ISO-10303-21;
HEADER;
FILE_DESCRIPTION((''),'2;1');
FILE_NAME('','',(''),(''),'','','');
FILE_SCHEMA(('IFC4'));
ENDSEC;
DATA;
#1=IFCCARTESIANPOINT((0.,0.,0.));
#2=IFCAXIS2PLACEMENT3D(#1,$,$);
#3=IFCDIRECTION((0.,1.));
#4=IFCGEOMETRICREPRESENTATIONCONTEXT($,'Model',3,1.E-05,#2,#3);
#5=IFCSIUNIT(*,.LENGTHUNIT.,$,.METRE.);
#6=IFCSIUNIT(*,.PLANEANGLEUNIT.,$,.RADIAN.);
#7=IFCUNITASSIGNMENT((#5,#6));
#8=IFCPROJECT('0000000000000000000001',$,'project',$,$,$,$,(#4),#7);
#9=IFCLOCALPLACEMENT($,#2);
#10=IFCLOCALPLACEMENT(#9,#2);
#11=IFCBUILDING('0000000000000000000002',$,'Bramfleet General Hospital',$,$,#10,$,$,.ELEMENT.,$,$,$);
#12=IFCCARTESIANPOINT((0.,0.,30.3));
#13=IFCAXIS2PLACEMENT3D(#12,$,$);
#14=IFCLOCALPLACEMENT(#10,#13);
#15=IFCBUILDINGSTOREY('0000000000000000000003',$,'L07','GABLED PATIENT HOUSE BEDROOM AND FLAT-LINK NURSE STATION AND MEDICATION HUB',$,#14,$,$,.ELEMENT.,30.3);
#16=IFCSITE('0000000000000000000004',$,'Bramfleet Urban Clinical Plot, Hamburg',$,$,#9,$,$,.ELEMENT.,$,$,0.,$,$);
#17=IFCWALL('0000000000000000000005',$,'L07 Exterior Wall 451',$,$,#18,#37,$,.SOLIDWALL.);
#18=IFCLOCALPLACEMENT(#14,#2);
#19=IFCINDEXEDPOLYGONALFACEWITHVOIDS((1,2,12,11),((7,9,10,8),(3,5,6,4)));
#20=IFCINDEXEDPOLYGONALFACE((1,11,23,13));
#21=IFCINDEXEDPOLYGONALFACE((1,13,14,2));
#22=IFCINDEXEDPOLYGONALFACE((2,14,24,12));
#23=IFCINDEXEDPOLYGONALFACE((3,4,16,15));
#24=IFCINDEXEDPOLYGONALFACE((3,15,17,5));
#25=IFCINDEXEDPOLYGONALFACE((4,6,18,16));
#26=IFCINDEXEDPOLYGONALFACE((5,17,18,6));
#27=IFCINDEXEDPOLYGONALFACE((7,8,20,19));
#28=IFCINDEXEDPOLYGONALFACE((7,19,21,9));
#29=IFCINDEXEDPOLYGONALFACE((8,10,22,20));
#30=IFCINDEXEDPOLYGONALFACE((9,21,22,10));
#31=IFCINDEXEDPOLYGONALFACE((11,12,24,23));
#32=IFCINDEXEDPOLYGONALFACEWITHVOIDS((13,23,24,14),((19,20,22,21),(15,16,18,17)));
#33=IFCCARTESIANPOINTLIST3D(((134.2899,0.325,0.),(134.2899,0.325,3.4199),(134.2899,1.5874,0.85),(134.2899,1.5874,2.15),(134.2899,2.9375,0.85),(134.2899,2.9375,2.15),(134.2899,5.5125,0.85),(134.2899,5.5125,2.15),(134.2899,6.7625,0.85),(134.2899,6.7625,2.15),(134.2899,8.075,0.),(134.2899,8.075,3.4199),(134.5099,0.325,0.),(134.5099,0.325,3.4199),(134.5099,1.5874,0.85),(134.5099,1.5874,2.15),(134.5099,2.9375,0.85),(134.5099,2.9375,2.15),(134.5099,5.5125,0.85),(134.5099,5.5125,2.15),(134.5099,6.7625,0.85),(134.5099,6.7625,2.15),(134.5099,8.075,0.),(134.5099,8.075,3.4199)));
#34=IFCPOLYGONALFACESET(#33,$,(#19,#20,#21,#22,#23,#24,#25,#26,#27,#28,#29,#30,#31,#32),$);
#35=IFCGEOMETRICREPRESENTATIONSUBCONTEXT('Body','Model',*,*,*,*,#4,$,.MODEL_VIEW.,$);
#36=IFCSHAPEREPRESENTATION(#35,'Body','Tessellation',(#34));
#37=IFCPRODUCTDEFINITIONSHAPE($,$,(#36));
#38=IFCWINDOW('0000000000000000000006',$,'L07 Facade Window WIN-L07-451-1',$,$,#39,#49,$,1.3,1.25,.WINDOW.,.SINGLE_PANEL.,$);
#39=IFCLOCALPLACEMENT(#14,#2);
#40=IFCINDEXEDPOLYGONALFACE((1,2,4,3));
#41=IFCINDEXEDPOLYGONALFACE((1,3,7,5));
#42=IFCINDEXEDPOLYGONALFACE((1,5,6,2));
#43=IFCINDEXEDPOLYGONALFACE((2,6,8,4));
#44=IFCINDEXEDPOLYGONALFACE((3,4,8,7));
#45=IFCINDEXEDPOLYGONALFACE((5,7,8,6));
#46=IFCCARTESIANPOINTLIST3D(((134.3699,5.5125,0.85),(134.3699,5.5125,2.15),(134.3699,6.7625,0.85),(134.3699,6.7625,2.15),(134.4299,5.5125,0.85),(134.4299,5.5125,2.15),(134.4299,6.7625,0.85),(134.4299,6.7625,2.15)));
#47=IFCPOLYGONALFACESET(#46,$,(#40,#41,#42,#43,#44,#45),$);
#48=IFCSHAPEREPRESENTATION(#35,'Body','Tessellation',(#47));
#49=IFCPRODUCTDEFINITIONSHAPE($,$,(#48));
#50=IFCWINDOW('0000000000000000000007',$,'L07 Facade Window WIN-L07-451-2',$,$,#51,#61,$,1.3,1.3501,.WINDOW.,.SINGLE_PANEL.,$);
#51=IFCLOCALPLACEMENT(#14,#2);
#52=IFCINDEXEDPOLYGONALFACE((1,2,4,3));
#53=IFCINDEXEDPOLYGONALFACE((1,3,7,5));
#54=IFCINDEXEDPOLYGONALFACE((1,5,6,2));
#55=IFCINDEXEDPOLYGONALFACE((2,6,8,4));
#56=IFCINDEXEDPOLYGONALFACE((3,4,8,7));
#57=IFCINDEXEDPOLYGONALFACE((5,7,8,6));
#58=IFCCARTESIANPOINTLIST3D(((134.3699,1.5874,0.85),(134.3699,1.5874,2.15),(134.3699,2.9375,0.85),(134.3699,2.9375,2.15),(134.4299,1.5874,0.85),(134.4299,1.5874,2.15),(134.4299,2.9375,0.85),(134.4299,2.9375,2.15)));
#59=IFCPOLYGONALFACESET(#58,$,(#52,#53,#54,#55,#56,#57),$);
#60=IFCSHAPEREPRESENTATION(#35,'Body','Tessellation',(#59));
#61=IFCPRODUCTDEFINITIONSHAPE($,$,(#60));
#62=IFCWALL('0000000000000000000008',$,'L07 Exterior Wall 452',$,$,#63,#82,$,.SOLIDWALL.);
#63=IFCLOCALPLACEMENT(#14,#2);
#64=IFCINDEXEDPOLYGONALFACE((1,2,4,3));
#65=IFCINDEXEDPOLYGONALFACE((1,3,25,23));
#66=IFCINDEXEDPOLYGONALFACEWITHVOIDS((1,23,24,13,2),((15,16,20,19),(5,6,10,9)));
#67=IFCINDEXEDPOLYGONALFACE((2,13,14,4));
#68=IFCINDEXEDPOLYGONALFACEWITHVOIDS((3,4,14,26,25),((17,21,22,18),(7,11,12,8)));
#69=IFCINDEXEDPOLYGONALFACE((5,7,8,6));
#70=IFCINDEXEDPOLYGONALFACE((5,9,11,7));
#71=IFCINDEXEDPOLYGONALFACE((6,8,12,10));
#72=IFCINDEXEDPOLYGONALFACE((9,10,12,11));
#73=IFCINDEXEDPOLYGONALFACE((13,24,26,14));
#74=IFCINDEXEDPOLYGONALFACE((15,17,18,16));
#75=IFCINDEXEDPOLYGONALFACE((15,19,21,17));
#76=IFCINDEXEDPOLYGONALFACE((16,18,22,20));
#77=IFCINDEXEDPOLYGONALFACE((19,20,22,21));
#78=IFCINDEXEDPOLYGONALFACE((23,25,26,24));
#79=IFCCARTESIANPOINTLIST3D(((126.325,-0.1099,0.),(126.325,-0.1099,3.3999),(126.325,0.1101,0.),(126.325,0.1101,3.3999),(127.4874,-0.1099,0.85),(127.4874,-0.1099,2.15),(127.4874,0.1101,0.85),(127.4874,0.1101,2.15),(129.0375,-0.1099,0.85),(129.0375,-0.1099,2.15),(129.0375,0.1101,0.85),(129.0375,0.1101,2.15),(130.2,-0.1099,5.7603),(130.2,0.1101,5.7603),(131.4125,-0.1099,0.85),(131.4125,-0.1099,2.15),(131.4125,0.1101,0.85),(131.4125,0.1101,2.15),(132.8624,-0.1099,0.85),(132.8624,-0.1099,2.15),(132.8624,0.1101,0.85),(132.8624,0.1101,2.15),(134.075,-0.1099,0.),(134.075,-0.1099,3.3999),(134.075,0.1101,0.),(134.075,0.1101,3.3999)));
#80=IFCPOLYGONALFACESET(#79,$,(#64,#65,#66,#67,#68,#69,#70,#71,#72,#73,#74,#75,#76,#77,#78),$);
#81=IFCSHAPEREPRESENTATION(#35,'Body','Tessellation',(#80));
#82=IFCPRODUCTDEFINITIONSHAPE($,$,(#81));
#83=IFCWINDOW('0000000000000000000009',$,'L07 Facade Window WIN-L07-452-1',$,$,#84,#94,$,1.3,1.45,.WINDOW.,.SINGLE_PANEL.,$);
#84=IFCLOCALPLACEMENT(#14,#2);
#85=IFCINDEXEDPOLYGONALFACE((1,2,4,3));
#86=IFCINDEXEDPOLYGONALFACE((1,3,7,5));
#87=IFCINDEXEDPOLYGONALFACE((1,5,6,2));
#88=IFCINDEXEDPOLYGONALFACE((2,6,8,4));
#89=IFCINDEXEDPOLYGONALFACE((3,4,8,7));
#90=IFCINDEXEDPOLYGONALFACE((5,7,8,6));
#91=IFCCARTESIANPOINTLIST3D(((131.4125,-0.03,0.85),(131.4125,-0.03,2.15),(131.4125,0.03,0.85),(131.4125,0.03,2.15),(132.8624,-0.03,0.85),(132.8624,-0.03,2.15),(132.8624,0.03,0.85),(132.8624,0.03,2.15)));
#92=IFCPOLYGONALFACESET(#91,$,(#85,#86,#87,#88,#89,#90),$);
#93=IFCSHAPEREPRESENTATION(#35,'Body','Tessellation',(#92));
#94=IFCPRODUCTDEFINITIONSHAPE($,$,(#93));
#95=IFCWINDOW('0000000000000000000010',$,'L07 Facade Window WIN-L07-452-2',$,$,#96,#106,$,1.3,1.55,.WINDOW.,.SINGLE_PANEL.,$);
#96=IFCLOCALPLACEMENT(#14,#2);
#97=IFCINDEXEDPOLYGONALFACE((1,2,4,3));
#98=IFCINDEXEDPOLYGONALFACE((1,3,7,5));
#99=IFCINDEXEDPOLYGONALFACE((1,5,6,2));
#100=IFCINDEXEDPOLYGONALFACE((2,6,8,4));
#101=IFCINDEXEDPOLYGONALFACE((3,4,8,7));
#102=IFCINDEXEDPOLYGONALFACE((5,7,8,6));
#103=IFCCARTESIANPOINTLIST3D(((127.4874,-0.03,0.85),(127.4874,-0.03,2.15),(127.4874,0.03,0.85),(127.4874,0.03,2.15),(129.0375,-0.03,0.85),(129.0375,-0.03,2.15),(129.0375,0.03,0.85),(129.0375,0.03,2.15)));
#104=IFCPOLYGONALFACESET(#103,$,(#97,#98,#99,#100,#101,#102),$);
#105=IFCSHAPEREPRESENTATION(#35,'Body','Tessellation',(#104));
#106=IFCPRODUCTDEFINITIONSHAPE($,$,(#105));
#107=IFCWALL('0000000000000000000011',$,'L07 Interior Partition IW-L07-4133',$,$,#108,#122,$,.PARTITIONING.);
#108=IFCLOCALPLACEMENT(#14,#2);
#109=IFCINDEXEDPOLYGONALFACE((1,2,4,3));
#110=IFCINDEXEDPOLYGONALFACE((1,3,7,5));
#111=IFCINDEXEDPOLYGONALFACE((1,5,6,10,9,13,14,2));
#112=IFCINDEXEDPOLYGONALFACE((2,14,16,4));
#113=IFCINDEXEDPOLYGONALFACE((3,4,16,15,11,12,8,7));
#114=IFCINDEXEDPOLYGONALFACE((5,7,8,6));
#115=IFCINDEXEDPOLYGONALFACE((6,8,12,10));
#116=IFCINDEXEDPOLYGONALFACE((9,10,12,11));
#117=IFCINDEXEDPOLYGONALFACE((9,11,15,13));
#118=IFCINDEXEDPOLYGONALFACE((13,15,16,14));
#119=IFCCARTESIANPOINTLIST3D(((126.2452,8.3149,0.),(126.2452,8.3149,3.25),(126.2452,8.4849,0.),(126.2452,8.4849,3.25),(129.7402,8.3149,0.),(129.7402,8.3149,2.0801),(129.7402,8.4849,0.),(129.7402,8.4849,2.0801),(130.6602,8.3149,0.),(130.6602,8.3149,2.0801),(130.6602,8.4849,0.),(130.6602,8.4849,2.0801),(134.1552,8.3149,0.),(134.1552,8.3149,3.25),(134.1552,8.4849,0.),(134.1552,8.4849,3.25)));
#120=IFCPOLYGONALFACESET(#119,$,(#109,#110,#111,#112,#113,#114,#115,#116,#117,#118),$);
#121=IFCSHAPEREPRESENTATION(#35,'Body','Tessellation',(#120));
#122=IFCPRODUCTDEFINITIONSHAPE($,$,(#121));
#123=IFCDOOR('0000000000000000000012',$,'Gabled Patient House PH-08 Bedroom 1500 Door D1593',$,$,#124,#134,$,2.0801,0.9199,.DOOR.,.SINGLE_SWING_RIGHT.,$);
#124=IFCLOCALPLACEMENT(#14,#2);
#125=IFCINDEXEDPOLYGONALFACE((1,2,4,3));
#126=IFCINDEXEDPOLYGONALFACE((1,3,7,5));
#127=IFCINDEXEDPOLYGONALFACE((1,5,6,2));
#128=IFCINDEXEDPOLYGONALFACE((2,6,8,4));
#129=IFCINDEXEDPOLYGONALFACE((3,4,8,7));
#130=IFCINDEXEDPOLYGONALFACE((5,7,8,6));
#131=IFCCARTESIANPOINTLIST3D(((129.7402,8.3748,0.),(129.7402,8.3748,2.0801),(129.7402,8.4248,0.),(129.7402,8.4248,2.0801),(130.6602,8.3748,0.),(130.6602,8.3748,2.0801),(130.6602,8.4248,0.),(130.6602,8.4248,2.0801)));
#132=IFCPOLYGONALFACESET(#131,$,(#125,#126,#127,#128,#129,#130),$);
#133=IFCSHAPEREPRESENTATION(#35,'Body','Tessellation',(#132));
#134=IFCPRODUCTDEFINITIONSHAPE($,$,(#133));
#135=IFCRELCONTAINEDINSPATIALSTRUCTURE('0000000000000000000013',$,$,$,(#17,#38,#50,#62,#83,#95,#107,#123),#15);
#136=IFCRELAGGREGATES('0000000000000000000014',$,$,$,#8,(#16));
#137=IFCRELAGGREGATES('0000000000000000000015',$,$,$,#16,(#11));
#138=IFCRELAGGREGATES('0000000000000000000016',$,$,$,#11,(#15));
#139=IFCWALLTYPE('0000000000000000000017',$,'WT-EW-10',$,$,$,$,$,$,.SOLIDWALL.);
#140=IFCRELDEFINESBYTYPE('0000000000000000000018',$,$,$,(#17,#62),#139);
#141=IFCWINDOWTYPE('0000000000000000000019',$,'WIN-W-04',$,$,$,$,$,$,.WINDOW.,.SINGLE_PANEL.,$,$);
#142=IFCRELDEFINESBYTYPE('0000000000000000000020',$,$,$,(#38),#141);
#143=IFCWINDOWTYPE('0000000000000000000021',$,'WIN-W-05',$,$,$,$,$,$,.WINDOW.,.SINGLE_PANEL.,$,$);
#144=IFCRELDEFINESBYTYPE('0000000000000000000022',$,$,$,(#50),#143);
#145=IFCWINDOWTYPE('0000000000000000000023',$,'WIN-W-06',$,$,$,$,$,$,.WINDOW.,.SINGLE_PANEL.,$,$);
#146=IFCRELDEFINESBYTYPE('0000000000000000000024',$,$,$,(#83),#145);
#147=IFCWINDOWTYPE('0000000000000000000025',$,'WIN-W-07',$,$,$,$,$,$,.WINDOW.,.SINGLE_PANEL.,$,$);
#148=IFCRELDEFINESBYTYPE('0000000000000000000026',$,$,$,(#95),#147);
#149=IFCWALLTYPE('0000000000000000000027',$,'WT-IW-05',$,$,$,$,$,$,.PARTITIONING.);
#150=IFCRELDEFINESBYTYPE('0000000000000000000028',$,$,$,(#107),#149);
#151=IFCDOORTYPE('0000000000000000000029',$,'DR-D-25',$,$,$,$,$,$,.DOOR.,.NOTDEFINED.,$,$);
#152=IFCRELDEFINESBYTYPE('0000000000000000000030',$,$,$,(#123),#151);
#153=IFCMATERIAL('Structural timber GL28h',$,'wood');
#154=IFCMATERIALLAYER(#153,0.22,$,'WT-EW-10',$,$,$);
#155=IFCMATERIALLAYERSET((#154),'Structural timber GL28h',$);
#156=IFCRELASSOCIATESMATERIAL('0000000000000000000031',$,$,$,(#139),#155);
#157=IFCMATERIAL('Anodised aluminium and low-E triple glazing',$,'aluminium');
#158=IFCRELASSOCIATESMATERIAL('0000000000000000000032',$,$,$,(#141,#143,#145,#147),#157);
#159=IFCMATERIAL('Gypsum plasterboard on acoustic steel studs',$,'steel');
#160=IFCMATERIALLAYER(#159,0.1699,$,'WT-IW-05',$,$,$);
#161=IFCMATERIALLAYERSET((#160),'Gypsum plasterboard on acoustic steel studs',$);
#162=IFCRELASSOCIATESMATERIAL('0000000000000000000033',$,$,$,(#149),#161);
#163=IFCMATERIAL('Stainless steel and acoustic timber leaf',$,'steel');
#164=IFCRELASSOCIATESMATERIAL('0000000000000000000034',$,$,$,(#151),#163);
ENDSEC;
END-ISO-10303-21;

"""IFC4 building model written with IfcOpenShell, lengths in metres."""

from ifc_helpers import new_model, si_unit, direction, frame, frame_2d, origin, place, context, subcontext, project, spatial, polyline, rectangle, outline, extrude, material, layer, layer_set, type_object, element, fill, save


model = new_model("IFC4")

# Units and contexts
model_context = context("Model", 3, precision=1e-05, world=origin(), true_north=direction((0.0, 1.0)))
body_context = subcontext(model_context, "Body", "Model", "MODEL_VIEW")
ifc_project = project(units=[si_unit("LENGTHUNIT", "METRE"), si_unit("PLANEANGLEUNIT", "RADIAN")], contexts=[model_context])

# Site, building, storey
site_placement = place(None, origin())
site = spatial("IfcSite", under=ifc_project, at=site_placement, Name="Bramfleet Urban Clinical Plot, Hamburg", CompositionType="ELEMENT", RefElevation=0.0)
building_placement = place(site_placement, origin())
building = spatial("IfcBuilding", under=site, at=building_placement, Name="Bramfleet General Hospital", CompositionType="ELEMENT")
storey_placement = place(building_placement, frame((0.0, 0.0, 30.3)))
storey = spatial("IfcBuildingStorey", under=building, at=storey_placement, Name="L07", Description="GABLED PATIENT HOUSE BEDROOM AND FLAT-LINK NURSE STATION AND MEDICATION HUB", CompositionType="ELEMENT", Elevation=30.3)

# Walls, openings, windows
ifc_material_1 = material(Name="Structural timber GL28h", Category="wood")
ifc_layer_1 = layer(ifc_material_1, 0.22, Name="WT-EW-10")
ifc_layer_set_1 = layer_set([ifc_layer_1], Name="Structural timber GL28h")
wall_type_1 = type_object("IfcWallType", Name="WT-EW-10", PredefinedType="SOLIDWALL", material=ifc_layer_set_1)
wall_1_placement = place(storey_placement, frame((134.3999, 8.075, 0.0), z_axis=(0.0, 0.0, 1.0), x_axis=(0.0, -1.0, 0.0)))
wall_1 = element("IfcWall", 1, at=wall_1_placement, inside=storey, type_object=wall_type_1, Name="L07 Exterior Wall 451", PredefinedType="SOLIDWALL", context=body_context, shape_type="SweptSolid", body=[
    extrude(rectangle(XDim=7.75, YDim=0.22, at=frame_2d((3.875, 0.0))), origin(), (0.0, 0.0, 1.0), 3.4199),
])
opening_1_placement = place(wall_1_placement, frame((1.3125, 0.0, 0.8501)))
opening_1 = element("IfcOpeningElement", 2, at=opening_1_placement, cuts=wall_1, PredefinedType="OPENING", context=body_context, shape_type="SweptSolid", body=[
    extrude(rectangle(XDim=1.25, YDim=1.3, at=frame_2d((0.625, 0.6499))), frame((0.0, 0.1199, 0.0), z_axis=(0.0, -1.0, 0.0), x_axis=(1.0, 0.0, 0.0)), (0.0, 0.0, 1.0), 0.24),
])
opening_2_placement = place(wall_1_placement, frame((5.1375, 0.0, 0.8501)))
opening_2 = element("IfcOpeningElement", 3, at=opening_2_placement, cuts=wall_1, PredefinedType="OPENING", context=body_context, shape_type="SweptSolid", body=[
    extrude(rectangle(XDim=1.3501, YDim=1.3, at=frame_2d((0.675, 0.6499))), frame((0.0, 0.1199, 0.0), z_axis=(0.0, -1.0, 0.0), x_axis=(1.0, 0.0, 0.0)), (0.0, 0.0, 1.0), 0.24),
])
ifc_material_2 = material(Name="Anodised aluminium and low-E triple glazing", Category="aluminium")
window_type_1 = type_object("IfcWindowType", Name="WIN-W-04", PartitioningType="SINGLE_PANEL", PredefinedType="WINDOW", material=ifc_material_2)
window_1_placement = place(opening_1_placement, origin())
window_1 = element("IfcWindow", 4, at=window_1_placement, inside=storey, type_object=window_type_1, Name="L07 Facade Window WIN-L07-451-1", OverallHeight=1.3, OverallWidth=1.25, PartitioningType="SINGLE_PANEL", PredefinedType="WINDOW", context=body_context, shape_type="SweptSolid", body=[
    extrude(rectangle(XDim=1.25, YDim=1.3, at=frame_2d((0.625, 0.6499))), frame((0.0, 0.03, 0.0), z_axis=(0.0, -1.0, 0.0), x_axis=(1.0, 0.0, 0.0)), (0.0, 0.0, 1.0), 0.0601),
])
fill(opening_1, window_1)
window_type_2 = type_object("IfcWindowType", Name="WIN-W-05", PartitioningType="SINGLE_PANEL", PredefinedType="WINDOW", material=ifc_material_2)
window_2_placement = place(opening_2_placement, origin())
window_2 = element("IfcWindow", 5, at=window_2_placement, inside=storey, type_object=window_type_2, Name="L07 Facade Window WIN-L07-451-2", OverallHeight=1.3, OverallWidth=1.3501, PartitioningType="SINGLE_PANEL", PredefinedType="WINDOW", context=body_context, shape_type="SweptSolid", body=[
    extrude(rectangle(XDim=1.3501, YDim=1.3, at=frame_2d((0.675, 0.6499))), frame((0.0, 0.03, 0.0), z_axis=(0.0, -1.0, 0.0), x_axis=(1.0, 0.0, 0.0)), (0.0, 0.0, 1.0), 0.0601),
])
fill(opening_2, window_2)
wall_2_placement = place(storey_placement, frame((134.075, 0.0, 0.0), z_axis=(0.0, 0.0, 1.0), x_axis=(-1.0, 0.0, 0.0)))
wall_2 = element("IfcWall", 6, at=wall_2_placement, inside=storey, type_object=wall_type_1, Name="L07 Exterior Wall 452", PredefinedType="SOLIDWALL", context=body_context, shape_type="SweptSolid", body=[
    extrude(outline(polyline([(0.0, 0.0), (7.75, 0.0), (7.75, 3.3999), (3.875, 5.7603), (0.0, 3.3999), (0.0, 0.0)])), frame((0.0, 0.1099, 0.0), z_axis=(0.0, -1.0, 0.0), x_axis=(1.0, 0.0, 0.0)), (0.0, 0.0, 1.0), 0.22),
])
opening_3_placement = place(wall_2_placement, frame((1.2124, 0.0, 0.8501)))
opening_3 = element("IfcOpeningElement", 7, at=opening_3_placement, cuts=wall_2, PredefinedType="OPENING", context=body_context, shape_type="SweptSolid", body=[
    extrude(rectangle(XDim=1.45, YDim=1.3, at=frame_2d((0.7251, 0.6499))), frame((0.0, 0.1199, 0.0), z_axis=(0.0, -1.0, 0.0), x_axis=(1.0, 0.0, 0.0)), (0.0, 0.0, 1.0), 0.24),
])
opening_4_placement = place(wall_2_placement, frame((5.0376, 0.0, 0.8501)))
opening_4 = element("IfcOpeningElement", 8, at=opening_4_placement, cuts=wall_2, PredefinedType="OPENING", context=body_context, shape_type="SweptSolid", body=[
    extrude(rectangle(XDim=1.55, YDim=1.3, at=frame_2d((0.7749, 0.6499))), frame((0.0, 0.1199, 0.0), z_axis=(0.0, -1.0, 0.0), x_axis=(1.0, 0.0, 0.0)), (0.0, 0.0, 1.0), 0.24),
])
window_type_3 = type_object("IfcWindowType", Name="WIN-W-06", PartitioningType="SINGLE_PANEL", PredefinedType="WINDOW", material=ifc_material_2)
window_3_placement = place(opening_3_placement, origin())
window_3 = element("IfcWindow", 9, at=window_3_placement, inside=storey, type_object=window_type_3, Name="L07 Facade Window WIN-L07-452-1", OverallHeight=1.3, OverallWidth=1.45, PartitioningType="SINGLE_PANEL", PredefinedType="WINDOW", context=body_context, shape_type="SweptSolid", body=[
    extrude(rectangle(XDim=1.45, YDim=1.3, at=frame_2d((0.7251, 0.6499))), frame((0.0, 0.03, 0.0), z_axis=(0.0, -1.0, 0.0), x_axis=(1.0, 0.0, 0.0)), (0.0, 0.0, 1.0), 0.0601),
])
fill(opening_3, window_3)
window_type_4 = type_object("IfcWindowType", Name="WIN-W-07", PartitioningType="SINGLE_PANEL", PredefinedType="WINDOW", material=ifc_material_2)
window_4_placement = place(opening_4_placement, origin())
window_4 = element("IfcWindow", 10, at=window_4_placement, inside=storey, type_object=window_type_4, Name="L07 Facade Window WIN-L07-452-2", OverallHeight=1.3, OverallWidth=1.55, PartitioningType="SINGLE_PANEL", PredefinedType="WINDOW", context=body_context, shape_type="SweptSolid", body=[
    extrude(rectangle(XDim=1.55, YDim=1.3, at=frame_2d((0.7749, 0.6499))), frame((0.0, 0.03, 0.0), z_axis=(0.0, -1.0, 0.0), x_axis=(1.0, 0.0, 0.0)), (0.0, 0.0, 1.0), 0.0601),
])
fill(opening_4, window_4)

# Wall, opening, door
ifc_material_3 = material(Name="Gypsum plasterboard on acoustic steel studs", Category="steel")
ifc_layer_2 = layer(ifc_material_3, 0.1699, Name="WT-IW-05")
ifc_layer_set_2 = layer_set([ifc_layer_2], Name="Gypsum plasterboard on acoustic steel studs")
wall_type_2 = type_object("IfcWallType", Name="WT-IW-05", PredefinedType="PARTITIONING", material=ifc_layer_set_2)
wall_3_placement = place(storey_placement, frame((126.2451, 8.3999, 0.0), z_axis=(0.0, 0.0, 1.0), x_axis=(1.0, 0.0, 0.0)))
wall_3 = element("IfcWall", 11, at=wall_3_placement, inside=storey, type_object=wall_type_2, Name="L07 Interior Partition IW-L07-4133", PredefinedType="PARTITIONING", context=body_context, shape_type="SweptSolid", body=[
    extrude(rectangle(XDim=7.9099, YDim=0.1699, at=frame_2d((3.9551, 0.0))), origin(), (0.0, 0.0, 1.0), 3.25),
])
opening_5_placement = place(wall_3_placement, frame((3.4951, 0.0, 0.0)))
opening_5 = element("IfcOpeningElement", 12, at=opening_5_placement, cuts=wall_3, PredefinedType="OPENING", context=body_context, shape_type="SweptSolid", body=[
    extrude(rectangle(XDim=0.9199, YDim=2.0801, at=frame_2d((0.46, 1.04))), frame((0.0, 0.095, 0.0), z_axis=(0.0, -1.0, 0.0), x_axis=(1.0, 0.0, 0.0)), (0.0, 0.0, 1.0), 0.1899),
])
ifc_material_4 = material(Name="Stainless steel and acoustic timber leaf", Category="steel")
door_type_1 = type_object("IfcDoorType", Name="DR-D-25", OperationType="NOTDEFINED", PredefinedType="DOOR", material=ifc_material_4)
door_1_placement = place(opening_5_placement, origin())
door_1 = element("IfcDoor", 13, at=door_1_placement, inside=storey, type_object=door_type_1, Name="Gabled Patient House PH-08 Bedroom 1500 Door D1593", OperationType="SINGLE_SWING_RIGHT", OverallHeight=2.0801, OverallWidth=0.9199, PredefinedType="DOOR", context=body_context, shape_type="SweptSolid", body=[
    extrude(rectangle(XDim=0.9199, YDim=2.0801, at=frame_2d((0.46, 1.04))), frame((0.0, 0.0249, 0.0), z_axis=(0.0, -1.0, 0.0), x_axis=(1.0, 0.0, 0.0)), (0.0, 0.0, 1.0), 0.05),
])
fill(opening_5, door_1)

save(model, "model.ifc")
